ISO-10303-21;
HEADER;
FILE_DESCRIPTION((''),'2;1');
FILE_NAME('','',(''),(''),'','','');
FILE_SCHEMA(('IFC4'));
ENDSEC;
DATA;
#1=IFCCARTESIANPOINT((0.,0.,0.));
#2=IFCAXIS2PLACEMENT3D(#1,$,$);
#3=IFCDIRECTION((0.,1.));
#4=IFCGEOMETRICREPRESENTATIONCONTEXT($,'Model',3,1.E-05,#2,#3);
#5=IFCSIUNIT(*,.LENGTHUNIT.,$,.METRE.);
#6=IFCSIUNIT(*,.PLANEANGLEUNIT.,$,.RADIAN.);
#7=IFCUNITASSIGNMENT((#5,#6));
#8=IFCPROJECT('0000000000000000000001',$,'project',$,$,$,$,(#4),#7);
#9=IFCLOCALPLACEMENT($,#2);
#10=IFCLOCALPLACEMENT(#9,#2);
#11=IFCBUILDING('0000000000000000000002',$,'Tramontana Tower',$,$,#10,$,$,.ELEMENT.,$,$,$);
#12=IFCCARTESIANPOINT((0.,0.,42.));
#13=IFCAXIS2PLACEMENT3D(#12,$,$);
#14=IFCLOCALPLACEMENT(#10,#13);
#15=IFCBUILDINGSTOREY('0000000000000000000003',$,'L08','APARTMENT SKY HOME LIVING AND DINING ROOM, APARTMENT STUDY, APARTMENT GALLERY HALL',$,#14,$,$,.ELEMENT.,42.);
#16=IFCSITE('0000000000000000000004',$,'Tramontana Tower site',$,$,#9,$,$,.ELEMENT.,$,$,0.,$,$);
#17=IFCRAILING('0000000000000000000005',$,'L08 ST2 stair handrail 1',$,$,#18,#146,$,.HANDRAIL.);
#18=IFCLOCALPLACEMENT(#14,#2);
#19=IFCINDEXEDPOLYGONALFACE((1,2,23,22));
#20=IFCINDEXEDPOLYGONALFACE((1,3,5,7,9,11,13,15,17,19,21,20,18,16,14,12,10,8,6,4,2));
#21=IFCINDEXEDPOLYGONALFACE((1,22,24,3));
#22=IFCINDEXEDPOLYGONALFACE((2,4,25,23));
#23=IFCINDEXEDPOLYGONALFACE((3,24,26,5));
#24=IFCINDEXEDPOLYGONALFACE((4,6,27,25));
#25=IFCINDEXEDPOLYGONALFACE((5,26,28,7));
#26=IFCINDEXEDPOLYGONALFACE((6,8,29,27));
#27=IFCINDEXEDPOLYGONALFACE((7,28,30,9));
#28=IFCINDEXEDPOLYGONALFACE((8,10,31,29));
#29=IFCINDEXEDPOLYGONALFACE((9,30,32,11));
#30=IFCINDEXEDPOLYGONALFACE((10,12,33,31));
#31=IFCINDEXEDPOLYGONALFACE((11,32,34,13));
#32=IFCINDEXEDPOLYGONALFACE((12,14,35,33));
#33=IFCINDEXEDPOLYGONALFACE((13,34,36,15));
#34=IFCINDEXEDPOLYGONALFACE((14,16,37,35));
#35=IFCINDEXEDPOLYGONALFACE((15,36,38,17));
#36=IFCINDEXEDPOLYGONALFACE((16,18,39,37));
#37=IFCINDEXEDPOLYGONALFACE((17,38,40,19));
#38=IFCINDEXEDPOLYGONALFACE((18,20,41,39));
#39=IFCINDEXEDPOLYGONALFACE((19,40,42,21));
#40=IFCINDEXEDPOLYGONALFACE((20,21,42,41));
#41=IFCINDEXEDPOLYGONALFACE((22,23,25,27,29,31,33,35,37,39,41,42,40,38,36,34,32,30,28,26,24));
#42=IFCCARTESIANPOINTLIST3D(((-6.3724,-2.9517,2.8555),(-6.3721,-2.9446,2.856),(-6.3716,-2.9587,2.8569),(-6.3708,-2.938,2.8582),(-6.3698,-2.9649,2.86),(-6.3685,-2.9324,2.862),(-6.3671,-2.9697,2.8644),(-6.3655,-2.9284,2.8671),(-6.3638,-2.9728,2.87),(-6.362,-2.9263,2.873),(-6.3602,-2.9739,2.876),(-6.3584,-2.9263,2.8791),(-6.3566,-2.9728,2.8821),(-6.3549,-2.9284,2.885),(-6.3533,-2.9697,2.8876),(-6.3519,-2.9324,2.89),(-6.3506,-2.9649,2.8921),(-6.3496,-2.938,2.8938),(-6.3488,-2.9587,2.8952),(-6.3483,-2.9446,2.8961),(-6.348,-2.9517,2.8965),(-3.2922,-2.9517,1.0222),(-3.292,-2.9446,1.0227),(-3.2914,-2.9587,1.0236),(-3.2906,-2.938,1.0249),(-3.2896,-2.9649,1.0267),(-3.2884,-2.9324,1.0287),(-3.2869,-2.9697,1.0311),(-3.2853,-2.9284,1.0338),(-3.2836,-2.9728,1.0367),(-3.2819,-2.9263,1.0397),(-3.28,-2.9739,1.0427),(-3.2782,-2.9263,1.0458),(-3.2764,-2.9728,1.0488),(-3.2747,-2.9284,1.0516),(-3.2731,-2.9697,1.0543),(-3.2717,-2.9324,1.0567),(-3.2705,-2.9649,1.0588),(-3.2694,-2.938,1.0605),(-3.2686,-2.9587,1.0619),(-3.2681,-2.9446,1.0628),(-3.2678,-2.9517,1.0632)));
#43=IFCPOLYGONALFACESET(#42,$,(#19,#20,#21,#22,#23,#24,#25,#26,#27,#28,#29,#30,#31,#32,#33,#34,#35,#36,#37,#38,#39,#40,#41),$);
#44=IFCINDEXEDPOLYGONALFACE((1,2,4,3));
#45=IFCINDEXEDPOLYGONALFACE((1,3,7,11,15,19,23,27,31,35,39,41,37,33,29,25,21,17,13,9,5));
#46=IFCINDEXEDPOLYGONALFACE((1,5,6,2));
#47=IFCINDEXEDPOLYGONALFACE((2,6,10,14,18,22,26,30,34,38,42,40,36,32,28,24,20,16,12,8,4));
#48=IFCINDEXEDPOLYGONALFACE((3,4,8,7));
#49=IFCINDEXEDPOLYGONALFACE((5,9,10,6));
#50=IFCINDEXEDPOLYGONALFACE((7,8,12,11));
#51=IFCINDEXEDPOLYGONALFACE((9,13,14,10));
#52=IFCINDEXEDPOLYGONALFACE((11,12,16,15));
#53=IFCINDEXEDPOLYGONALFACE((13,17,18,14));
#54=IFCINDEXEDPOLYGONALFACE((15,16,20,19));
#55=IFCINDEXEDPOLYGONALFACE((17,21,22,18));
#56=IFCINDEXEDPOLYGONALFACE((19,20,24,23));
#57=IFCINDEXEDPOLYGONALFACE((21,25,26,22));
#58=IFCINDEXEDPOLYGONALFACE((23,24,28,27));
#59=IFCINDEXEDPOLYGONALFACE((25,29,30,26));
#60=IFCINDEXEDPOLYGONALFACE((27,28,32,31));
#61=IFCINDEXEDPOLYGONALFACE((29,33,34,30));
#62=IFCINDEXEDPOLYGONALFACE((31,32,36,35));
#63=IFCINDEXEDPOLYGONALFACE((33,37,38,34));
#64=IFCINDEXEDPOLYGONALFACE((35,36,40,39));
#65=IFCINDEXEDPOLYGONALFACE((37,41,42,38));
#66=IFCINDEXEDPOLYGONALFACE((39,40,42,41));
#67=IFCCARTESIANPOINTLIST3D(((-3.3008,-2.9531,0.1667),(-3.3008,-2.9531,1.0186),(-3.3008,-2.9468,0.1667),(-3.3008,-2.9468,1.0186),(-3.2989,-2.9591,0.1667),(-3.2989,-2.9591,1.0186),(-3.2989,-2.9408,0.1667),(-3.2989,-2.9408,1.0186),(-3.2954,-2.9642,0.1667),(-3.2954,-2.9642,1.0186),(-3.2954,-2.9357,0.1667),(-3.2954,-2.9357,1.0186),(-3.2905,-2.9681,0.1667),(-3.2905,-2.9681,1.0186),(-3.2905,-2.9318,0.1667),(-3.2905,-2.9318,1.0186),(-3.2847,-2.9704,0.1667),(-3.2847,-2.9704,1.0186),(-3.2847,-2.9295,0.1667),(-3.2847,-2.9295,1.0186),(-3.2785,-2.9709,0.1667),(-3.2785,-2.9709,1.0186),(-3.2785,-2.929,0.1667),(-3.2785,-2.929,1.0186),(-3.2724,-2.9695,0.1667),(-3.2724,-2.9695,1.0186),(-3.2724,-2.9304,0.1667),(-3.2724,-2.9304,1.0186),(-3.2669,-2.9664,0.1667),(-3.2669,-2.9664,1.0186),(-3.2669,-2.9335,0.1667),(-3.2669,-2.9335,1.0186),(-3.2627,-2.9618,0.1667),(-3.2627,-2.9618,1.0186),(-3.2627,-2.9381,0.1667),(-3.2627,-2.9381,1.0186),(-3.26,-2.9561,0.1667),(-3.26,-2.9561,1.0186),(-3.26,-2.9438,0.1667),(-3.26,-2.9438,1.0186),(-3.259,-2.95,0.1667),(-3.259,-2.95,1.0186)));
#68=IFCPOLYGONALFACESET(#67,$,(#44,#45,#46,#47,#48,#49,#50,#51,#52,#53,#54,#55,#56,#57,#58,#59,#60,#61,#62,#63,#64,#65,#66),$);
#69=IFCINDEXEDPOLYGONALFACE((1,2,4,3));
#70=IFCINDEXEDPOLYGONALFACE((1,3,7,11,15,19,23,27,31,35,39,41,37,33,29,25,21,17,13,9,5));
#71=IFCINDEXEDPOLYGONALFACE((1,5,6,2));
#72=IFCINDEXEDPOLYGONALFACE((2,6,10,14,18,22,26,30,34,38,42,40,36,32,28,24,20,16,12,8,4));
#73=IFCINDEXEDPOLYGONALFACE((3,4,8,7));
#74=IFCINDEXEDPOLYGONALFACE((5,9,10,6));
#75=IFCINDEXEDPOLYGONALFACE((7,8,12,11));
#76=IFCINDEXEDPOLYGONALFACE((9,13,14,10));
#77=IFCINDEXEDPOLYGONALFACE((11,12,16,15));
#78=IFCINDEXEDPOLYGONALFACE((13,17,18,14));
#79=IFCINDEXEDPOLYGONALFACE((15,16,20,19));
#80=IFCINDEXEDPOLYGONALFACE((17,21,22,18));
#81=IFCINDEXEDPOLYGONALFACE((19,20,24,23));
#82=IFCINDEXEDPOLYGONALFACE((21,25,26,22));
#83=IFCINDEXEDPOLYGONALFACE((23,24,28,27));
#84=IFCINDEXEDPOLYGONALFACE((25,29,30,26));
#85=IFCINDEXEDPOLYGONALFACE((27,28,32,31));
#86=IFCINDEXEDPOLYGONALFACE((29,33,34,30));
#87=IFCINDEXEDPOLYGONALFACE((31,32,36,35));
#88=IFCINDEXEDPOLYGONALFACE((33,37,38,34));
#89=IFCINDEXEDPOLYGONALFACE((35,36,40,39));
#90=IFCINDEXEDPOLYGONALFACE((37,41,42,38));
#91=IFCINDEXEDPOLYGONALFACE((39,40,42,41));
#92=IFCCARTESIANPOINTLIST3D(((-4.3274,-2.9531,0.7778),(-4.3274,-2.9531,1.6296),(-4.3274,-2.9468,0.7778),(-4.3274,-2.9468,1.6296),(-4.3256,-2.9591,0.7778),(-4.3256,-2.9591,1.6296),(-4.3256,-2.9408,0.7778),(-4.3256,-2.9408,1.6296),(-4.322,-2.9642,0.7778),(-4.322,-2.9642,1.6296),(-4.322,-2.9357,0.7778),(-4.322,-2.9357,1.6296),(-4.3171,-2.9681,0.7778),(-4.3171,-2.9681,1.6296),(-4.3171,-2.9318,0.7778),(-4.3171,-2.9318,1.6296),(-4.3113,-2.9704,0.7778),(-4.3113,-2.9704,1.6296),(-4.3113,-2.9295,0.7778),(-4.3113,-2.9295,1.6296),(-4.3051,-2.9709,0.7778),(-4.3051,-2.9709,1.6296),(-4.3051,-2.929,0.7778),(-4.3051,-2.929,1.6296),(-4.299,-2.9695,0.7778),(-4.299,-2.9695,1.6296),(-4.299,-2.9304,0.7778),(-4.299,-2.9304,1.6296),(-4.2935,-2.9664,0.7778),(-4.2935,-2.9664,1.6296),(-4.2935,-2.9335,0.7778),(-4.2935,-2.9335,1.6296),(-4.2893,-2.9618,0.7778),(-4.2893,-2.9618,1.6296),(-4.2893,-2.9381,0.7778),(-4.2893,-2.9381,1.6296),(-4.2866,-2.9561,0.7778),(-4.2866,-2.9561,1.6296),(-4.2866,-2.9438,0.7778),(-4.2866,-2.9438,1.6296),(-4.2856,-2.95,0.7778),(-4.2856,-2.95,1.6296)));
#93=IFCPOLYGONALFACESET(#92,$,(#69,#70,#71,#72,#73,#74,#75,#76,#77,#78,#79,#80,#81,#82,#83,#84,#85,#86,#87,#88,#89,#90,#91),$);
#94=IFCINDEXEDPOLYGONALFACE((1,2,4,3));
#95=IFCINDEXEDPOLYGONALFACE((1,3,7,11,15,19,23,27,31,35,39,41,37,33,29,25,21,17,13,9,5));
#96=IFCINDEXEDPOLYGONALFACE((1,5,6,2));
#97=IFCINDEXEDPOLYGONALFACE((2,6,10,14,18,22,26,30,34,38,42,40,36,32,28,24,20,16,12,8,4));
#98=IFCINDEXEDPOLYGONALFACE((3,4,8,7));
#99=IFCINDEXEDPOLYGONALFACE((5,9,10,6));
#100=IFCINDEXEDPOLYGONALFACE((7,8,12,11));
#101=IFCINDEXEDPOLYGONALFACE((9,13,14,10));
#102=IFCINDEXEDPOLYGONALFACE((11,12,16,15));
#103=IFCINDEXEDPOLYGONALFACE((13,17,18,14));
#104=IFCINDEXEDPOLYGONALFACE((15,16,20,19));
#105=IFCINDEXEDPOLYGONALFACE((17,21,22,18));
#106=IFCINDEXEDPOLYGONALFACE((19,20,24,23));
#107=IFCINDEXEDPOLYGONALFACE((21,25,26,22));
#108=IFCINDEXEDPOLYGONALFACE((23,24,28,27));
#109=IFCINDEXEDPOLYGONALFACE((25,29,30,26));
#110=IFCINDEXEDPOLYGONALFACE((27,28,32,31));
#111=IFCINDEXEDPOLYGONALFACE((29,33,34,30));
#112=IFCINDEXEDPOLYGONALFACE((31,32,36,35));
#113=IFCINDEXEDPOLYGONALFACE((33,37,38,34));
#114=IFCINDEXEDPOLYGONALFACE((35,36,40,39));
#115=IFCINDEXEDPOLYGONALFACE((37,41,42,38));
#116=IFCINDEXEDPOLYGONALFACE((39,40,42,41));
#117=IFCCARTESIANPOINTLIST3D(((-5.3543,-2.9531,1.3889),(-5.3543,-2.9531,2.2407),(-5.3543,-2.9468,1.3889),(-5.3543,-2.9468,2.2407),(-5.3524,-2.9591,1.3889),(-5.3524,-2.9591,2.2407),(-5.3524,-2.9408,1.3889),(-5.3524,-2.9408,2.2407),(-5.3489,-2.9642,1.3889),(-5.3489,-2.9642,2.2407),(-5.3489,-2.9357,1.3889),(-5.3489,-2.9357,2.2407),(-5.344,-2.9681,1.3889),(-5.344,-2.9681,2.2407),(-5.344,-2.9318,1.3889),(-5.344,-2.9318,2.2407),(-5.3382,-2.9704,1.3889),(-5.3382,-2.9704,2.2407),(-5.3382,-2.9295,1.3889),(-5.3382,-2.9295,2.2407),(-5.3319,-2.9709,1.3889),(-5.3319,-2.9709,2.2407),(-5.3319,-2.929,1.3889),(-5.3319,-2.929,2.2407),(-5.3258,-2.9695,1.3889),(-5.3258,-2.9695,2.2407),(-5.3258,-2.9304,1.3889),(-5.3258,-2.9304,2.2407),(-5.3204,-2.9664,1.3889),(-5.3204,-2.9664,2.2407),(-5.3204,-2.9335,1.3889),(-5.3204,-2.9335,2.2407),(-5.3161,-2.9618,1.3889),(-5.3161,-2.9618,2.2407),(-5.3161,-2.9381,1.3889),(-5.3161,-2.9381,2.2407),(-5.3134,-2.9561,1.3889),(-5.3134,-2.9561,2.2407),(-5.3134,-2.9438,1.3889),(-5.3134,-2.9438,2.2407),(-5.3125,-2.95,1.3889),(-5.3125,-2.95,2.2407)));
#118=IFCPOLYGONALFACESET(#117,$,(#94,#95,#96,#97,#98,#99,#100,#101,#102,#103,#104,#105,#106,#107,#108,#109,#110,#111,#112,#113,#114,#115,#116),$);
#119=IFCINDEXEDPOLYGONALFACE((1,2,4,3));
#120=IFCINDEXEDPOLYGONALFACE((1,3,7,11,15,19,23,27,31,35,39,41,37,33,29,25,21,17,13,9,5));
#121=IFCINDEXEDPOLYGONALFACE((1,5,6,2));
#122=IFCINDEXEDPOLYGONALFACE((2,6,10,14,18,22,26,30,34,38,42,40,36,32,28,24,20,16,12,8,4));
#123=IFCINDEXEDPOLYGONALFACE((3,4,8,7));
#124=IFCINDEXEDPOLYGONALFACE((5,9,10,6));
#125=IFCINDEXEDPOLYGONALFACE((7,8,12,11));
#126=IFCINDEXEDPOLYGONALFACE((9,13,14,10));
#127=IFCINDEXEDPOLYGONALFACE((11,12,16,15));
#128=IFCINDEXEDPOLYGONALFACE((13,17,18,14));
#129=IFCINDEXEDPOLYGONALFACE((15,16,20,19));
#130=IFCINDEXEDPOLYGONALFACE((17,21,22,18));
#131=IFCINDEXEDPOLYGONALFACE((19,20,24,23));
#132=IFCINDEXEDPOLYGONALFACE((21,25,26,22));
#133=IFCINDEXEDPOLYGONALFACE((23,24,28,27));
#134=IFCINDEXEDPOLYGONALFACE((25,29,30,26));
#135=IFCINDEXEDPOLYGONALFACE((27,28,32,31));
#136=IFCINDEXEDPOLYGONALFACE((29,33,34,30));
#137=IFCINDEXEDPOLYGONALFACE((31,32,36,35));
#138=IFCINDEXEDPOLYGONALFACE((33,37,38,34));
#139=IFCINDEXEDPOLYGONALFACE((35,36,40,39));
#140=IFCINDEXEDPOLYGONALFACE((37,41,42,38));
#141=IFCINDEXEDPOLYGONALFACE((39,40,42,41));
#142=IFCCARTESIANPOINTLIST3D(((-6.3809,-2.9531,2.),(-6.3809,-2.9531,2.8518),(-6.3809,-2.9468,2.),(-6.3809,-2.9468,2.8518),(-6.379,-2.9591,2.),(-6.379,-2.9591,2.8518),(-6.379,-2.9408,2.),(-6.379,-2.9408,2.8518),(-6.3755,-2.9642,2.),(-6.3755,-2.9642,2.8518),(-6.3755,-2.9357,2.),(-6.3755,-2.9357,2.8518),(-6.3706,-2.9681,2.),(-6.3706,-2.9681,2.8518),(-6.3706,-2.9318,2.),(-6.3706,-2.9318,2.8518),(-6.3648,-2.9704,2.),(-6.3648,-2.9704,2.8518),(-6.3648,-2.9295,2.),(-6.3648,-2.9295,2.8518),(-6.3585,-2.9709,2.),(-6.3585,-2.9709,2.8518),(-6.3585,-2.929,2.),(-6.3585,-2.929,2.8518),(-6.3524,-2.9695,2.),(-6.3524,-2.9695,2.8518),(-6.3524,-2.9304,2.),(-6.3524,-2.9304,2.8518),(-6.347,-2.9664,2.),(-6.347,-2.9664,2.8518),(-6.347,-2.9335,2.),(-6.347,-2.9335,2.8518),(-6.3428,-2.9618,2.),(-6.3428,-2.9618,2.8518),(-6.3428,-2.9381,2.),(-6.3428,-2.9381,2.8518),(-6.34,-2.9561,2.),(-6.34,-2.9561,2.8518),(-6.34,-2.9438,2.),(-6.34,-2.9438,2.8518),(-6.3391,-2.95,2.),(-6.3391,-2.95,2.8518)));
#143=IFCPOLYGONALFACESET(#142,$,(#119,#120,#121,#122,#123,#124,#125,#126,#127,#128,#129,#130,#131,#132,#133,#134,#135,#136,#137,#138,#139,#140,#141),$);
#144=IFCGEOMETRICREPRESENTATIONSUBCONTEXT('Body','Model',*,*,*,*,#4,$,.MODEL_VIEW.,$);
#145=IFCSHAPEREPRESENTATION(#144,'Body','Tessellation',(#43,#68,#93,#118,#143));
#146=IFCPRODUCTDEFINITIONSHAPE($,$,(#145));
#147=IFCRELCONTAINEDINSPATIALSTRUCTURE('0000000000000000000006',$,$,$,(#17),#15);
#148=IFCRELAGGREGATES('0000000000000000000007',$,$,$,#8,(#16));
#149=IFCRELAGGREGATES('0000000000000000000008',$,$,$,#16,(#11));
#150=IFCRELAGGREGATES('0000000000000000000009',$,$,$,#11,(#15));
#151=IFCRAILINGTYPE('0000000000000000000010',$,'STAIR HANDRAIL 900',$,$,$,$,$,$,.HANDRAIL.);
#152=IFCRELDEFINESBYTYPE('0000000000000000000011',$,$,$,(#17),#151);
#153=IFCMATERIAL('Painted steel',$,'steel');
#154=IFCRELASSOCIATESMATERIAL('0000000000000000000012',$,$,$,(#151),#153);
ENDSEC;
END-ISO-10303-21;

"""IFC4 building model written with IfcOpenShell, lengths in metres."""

from ifc_helpers import new_model, si_unit, direction, frame, origin, origin_2d, place, context, subcontext, project, spatial, circle, extrude, material, type_object, element, save


model = new_model("IFC4")

# Units and contexts
model_context = context("Model", 3, precision=1e-05, world=origin(), true_north=direction((0.0, 1.0)))
body_context = subcontext(model_context, "Body", "Model", "MODEL_VIEW")
ifc_project = project(units=[si_unit("LENGTHUNIT", "METRE"), si_unit("PLANEANGLEUNIT", "RADIAN")], contexts=[model_context])

# Site, building, storey
site_placement = place(None, origin())
site = spatial("IfcSite", under=ifc_project, at=site_placement, Name="Tramontana Tower site", CompositionType="ELEMENT", RefElevation=0.0)
building_placement = place(site_placement, origin())
building = spatial("IfcBuilding", under=site, at=building_placement, Name="Tramontana Tower", CompositionType="ELEMENT")
storey_placement = place(building_placement, frame((0.0, 0.0, 42.0)))
storey = spatial("IfcBuildingStorey", under=building, at=storey_placement, Name="L08", Description="APARTMENT SKY HOME LIVING AND DINING ROOM, APARTMENT STUDY, APARTMENT GALLERY HALL", CompositionType="ELEMENT", Elevation=42.0)

# Railing
ifc_material_1 = material(Name="Painted steel", Category="steel")
railing_type_1 = type_object("IfcRailingType", Name="STAIR HANDRAIL 900", PredefinedType="HANDRAIL", material=ifc_material_1)
railing_1_placement = place(storey_placement, frame((-3.28, -2.95, 0.1667)))
element("IfcRailing", 1, at=railing_1_placement, inside=storey, type_object=railing_type_1, Name="L08 ST2 stair handrail 1", PredefinedType="HANDRAIL", context=body_context, shape_type="SweptSolid", body=[
    extrude(circle(Radius=0.0239, at=origin_2d()), frame((0.0, 0.0, 0.876), z_axis=(-0.859309, 0.0, 0.511458), x_axis=(0.0, -1.0, 0.0)), (0.0, 0.0, 1.0), 3.5845),
    extrude(circle(Radius=0.021, at=origin_2d()), origin(), (0.0, 0.0, 1.0), 0.8518),
    extrude(circle(Radius=0.021, at=origin_2d()), frame((-1.0266, 0.0, 0.6111)), (0.0, 0.0, 1.0), 0.8518),
    extrude(circle(Radius=0.021, at=origin_2d()), frame((-2.0535, 0.0, 1.2222)), (0.0, 0.0, 1.0), 0.8518),
    extrude(circle(Radius=0.021, at=origin_2d()), frame((-3.0801, 0.0, 1.8333)), (0.0, 0.0, 1.0), 0.8518),
])

save(model, "model.ifc")
